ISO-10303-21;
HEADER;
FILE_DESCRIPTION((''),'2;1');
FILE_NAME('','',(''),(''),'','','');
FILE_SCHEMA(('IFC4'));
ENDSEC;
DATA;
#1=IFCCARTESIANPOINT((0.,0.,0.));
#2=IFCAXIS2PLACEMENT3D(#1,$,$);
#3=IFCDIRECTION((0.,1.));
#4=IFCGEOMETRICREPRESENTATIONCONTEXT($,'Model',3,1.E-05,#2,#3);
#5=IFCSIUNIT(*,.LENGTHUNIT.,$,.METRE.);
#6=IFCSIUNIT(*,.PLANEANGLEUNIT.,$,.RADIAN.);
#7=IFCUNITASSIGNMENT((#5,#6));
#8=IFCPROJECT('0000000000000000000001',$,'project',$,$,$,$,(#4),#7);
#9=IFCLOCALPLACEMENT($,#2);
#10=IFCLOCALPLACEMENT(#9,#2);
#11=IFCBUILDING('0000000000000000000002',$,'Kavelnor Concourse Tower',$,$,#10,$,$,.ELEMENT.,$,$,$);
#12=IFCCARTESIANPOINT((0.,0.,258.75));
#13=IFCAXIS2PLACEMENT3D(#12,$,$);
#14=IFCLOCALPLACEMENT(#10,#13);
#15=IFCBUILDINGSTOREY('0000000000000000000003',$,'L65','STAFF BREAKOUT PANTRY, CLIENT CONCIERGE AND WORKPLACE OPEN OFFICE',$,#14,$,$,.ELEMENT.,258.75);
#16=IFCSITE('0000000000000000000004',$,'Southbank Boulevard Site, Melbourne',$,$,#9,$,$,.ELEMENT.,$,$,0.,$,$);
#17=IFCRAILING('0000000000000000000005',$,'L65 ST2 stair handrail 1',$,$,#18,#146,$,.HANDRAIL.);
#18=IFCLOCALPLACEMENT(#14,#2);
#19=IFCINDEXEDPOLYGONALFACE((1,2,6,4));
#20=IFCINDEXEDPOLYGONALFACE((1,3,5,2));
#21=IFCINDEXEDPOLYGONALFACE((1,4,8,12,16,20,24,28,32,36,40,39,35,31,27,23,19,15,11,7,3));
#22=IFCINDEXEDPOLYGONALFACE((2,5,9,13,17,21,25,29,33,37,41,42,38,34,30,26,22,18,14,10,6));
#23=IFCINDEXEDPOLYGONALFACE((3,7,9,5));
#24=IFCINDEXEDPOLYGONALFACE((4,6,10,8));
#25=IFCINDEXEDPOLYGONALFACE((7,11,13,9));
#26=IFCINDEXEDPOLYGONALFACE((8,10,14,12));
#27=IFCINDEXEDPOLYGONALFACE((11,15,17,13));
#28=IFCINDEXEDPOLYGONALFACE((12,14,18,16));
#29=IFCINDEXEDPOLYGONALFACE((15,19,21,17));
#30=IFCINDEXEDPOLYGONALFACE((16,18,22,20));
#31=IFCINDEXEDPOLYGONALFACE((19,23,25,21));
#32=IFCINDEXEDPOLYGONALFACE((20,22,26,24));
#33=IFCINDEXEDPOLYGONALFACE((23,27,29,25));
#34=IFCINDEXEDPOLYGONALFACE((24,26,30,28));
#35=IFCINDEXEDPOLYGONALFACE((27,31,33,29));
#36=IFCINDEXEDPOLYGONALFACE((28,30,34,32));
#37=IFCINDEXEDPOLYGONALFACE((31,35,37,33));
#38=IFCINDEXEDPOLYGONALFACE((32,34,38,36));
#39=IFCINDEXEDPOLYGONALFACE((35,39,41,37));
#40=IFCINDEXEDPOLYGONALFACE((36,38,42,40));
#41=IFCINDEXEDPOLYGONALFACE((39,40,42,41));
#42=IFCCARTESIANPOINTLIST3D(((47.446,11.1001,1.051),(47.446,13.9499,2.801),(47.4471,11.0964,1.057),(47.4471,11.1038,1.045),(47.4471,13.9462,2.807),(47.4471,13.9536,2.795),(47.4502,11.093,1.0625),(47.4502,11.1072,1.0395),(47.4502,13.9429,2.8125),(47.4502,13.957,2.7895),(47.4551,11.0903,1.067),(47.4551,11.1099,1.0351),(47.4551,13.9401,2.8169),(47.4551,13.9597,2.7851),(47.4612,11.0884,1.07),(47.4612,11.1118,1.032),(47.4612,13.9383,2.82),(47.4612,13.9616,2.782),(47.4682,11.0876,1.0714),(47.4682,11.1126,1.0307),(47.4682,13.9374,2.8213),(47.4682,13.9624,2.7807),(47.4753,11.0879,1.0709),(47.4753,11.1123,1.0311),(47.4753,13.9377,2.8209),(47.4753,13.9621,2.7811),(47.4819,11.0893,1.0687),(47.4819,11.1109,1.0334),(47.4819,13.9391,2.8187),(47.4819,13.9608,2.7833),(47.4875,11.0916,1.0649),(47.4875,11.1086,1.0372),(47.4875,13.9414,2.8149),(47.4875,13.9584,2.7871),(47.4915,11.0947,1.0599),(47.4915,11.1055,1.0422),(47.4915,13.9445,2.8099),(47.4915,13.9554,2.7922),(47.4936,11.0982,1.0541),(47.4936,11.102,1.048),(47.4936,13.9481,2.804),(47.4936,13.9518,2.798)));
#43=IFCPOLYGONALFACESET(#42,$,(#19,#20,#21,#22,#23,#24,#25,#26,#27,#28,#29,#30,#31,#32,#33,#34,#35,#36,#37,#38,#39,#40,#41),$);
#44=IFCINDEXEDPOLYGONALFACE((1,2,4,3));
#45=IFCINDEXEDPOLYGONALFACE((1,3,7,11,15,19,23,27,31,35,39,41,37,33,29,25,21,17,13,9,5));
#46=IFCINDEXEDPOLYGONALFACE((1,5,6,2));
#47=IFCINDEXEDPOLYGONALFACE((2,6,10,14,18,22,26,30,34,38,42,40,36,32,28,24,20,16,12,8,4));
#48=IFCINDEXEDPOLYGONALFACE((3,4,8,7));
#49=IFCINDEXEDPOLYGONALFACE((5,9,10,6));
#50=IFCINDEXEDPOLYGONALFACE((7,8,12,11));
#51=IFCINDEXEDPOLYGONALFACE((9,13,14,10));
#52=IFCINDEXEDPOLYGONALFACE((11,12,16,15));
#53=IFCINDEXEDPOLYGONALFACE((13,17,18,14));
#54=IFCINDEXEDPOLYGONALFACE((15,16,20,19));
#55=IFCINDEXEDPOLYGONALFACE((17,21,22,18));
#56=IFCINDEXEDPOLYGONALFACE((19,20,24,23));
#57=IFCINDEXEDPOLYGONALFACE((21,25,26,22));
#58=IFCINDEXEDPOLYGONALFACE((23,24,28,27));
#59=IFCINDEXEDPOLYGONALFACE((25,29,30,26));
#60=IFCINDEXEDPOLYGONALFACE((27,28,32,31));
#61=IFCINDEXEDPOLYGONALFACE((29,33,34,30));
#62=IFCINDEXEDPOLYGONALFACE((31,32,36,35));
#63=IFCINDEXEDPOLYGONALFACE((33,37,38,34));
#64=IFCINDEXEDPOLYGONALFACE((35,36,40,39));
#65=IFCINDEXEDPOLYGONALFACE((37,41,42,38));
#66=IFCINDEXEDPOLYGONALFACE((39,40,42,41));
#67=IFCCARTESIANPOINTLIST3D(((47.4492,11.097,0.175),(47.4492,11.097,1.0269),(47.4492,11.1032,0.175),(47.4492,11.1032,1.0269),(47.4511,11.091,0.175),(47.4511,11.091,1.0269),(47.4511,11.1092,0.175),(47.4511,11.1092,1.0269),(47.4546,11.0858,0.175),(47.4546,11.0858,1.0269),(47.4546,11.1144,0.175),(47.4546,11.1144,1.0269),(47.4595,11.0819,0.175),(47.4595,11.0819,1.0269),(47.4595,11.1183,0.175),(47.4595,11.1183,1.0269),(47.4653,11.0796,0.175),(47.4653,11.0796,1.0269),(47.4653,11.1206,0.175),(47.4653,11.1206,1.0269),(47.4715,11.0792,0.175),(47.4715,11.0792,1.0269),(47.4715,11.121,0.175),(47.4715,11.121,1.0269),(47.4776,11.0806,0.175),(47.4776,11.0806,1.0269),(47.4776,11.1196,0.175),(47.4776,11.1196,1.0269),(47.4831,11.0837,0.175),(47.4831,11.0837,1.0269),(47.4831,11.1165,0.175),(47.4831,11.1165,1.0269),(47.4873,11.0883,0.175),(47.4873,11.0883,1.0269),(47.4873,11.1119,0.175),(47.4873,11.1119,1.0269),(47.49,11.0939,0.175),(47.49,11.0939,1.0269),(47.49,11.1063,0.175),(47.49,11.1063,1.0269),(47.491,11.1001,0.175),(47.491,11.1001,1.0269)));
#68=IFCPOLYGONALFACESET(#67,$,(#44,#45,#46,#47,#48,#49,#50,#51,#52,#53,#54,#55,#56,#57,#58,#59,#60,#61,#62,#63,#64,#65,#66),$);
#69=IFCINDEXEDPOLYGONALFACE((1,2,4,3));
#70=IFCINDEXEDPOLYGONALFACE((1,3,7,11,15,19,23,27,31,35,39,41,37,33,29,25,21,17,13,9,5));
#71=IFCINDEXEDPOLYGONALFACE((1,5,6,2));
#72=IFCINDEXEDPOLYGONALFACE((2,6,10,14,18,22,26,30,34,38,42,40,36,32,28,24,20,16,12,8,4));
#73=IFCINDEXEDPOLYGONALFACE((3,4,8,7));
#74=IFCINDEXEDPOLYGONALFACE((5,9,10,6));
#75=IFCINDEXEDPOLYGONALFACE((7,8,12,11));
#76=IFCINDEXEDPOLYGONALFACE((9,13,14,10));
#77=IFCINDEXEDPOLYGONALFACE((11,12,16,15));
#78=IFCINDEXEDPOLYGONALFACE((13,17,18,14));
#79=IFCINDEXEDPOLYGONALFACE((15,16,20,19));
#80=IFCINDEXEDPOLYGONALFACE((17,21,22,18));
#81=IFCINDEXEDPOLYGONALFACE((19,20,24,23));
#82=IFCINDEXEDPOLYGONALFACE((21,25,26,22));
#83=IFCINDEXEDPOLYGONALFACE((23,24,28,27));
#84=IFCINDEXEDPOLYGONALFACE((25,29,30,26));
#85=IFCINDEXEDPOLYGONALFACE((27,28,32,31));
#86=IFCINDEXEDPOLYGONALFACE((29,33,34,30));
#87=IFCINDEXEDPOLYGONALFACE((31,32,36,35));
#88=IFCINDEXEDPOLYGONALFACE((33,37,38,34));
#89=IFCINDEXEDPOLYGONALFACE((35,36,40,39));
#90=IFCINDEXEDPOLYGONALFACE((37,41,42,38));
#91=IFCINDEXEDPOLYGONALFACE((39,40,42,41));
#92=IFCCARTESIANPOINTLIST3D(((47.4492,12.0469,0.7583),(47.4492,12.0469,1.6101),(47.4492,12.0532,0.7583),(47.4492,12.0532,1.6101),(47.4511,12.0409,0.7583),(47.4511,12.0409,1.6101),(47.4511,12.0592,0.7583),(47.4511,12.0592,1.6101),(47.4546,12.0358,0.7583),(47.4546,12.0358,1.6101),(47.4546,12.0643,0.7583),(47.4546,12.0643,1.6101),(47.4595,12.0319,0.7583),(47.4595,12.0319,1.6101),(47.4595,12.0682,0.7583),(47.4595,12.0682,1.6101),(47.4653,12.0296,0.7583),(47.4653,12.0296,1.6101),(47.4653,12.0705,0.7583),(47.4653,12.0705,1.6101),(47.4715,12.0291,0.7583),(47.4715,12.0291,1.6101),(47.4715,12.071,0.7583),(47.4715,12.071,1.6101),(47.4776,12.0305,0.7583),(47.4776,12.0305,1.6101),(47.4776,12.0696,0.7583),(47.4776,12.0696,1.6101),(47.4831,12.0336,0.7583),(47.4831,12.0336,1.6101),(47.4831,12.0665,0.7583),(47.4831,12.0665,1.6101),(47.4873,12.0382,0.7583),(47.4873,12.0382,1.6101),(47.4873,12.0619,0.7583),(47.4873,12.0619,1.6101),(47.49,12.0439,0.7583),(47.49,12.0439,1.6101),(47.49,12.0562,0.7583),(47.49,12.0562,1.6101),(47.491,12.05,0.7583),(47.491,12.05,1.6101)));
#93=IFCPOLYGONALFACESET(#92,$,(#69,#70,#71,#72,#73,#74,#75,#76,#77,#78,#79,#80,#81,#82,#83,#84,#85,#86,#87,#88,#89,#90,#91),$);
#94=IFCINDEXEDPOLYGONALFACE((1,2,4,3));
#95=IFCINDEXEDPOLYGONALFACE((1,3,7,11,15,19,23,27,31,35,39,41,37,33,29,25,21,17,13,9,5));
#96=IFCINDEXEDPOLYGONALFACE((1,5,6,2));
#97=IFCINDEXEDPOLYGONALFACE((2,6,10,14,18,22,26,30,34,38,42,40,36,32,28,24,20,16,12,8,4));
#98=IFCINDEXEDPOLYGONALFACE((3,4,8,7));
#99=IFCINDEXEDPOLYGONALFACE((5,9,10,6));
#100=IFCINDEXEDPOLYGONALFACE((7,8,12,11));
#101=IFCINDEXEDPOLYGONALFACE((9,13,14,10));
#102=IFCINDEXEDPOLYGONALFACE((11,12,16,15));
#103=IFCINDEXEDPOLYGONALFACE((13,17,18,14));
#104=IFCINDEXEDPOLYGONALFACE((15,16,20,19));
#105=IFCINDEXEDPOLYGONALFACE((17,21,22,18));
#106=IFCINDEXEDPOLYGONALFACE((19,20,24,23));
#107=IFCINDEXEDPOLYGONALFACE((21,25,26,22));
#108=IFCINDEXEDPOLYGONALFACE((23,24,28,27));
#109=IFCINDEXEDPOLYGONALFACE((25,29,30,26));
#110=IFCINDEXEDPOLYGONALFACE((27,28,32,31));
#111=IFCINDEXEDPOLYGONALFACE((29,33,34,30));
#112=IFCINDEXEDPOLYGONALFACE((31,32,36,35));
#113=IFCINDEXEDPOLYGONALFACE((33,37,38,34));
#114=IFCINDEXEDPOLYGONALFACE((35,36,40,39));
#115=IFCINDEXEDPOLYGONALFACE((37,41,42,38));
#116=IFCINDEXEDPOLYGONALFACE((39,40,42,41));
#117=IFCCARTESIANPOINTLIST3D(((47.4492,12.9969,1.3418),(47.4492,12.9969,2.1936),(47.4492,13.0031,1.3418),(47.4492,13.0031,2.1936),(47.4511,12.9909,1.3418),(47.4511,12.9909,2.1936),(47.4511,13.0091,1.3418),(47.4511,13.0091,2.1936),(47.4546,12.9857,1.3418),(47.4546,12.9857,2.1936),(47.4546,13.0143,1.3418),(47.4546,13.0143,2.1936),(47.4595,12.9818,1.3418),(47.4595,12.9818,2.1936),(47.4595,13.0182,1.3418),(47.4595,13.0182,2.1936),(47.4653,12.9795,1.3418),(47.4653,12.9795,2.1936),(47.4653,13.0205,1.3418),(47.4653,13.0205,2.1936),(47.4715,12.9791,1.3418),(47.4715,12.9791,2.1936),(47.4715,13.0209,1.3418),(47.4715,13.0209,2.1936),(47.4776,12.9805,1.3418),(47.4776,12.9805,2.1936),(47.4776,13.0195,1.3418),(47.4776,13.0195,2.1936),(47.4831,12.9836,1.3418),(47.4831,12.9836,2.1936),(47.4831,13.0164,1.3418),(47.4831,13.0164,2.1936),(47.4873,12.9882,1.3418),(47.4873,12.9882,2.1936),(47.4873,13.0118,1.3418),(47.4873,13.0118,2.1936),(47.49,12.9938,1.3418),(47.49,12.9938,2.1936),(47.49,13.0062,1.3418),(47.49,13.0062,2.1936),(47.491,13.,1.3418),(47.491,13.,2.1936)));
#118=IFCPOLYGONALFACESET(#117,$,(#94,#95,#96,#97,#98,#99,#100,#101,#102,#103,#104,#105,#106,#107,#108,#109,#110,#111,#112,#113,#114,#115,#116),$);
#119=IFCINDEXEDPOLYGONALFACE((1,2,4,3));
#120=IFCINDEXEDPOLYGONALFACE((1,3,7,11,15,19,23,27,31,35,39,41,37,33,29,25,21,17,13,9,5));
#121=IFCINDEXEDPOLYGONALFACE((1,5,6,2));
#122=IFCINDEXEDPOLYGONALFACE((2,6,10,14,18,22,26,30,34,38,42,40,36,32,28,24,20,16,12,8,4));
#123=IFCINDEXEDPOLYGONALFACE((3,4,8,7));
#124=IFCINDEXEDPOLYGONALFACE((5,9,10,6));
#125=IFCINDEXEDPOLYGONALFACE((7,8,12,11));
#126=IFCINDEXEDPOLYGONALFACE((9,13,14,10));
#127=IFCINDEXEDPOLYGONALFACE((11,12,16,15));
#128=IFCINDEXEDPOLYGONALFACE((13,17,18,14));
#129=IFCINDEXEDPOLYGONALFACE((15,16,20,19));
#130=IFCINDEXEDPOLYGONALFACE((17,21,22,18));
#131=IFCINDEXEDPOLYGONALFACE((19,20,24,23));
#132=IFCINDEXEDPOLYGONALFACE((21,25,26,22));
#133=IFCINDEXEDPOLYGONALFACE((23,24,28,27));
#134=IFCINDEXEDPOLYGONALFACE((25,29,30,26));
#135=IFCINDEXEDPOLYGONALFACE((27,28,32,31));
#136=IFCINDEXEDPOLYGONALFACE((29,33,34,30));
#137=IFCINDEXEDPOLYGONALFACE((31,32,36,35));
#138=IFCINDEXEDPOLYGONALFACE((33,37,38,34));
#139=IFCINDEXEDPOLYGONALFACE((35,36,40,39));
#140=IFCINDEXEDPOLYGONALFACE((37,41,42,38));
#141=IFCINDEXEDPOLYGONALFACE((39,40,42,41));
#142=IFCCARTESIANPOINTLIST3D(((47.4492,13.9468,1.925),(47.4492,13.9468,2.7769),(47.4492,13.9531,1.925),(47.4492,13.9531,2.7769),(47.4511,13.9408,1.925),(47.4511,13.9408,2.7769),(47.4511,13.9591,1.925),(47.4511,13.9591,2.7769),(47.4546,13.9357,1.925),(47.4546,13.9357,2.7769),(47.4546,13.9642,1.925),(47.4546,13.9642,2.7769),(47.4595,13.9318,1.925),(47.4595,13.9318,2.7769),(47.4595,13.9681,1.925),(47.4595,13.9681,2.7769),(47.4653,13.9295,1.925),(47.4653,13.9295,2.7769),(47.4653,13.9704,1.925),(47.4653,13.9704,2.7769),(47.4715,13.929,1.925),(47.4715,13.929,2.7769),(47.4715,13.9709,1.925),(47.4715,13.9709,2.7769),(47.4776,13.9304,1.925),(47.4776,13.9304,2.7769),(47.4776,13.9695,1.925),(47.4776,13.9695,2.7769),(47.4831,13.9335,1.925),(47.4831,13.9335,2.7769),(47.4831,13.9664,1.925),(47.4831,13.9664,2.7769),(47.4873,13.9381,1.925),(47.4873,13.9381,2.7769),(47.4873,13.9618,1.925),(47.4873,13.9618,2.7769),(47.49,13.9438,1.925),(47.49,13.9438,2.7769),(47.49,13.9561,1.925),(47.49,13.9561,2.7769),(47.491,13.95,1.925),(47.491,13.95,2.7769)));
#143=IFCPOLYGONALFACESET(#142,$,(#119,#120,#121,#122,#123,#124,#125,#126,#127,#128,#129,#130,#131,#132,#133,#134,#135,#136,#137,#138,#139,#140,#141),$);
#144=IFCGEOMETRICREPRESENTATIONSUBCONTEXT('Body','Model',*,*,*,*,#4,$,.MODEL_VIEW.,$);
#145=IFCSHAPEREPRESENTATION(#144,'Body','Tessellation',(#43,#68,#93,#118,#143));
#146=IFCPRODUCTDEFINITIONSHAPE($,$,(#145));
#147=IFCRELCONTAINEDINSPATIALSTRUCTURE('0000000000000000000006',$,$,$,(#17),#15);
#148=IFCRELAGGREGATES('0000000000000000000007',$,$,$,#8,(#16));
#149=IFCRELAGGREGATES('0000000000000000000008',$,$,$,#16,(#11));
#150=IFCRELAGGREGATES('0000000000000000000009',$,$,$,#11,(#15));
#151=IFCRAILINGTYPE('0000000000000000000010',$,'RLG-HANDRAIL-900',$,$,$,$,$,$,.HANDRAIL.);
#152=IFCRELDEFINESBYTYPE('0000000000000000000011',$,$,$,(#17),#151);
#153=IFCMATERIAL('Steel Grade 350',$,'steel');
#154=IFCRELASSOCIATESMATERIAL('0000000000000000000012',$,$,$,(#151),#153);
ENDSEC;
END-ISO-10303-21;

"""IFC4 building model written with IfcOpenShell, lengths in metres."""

from ifc_helpers import new_model, si_unit, direction, frame, origin, origin_2d, place, context, subcontext, project, spatial, circle, extrude, material, type_object, element, save


model = new_model("IFC4")

# Units and contexts
model_context = context("Model", 3, precision=1e-05, world=origin(), true_north=direction((0.0, 1.0)))
body_context = subcontext(model_context, "Body", "Model", "MODEL_VIEW")
ifc_project = project(units=[si_unit("LENGTHUNIT", "METRE"), si_unit("PLANEANGLEUNIT", "RADIAN")], contexts=[model_context])

# Site, building, storey
site_placement = place(None, origin())
site = spatial("IfcSite", under=ifc_project, at=site_placement, Name="Southbank Boulevard Site, Melbourne", CompositionType="ELEMENT", RefElevation=0.0)
building_placement = place(site_placement, origin())
building = spatial("IfcBuilding", under=site, at=building_placement, Name="Kavelnor Concourse Tower", CompositionType="ELEMENT")
storey_placement = place(building_placement, frame((0.0, 0.0, 258.75)))
storey = spatial("IfcBuildingStorey", under=building, at=storey_placement, Name="L65", Description="STAFF BREAKOUT PANTRY, CLIENT CONCIERGE AND WORKPLACE OPEN OFFICE", CompositionType="ELEMENT", Elevation=258.75)

# Shared definitions
ifc_material_1 = material(Name="Steel Grade 350", Category="steel")

# Railing
railing_type = type_object("IfcRailingType", Name="RLG-HANDRAIL-900", PredefinedType="HANDRAIL", material=ifc_material_1)
railing_placement = place(storey_placement, frame((47.47, 11.1001, 0.175)))
element("IfcRailing", 1, at=railing_placement, inside=storey, type_object=railing_type, Name="L65 ST2 stair handrail 1", PredefinedType="HANDRAIL", context=body_context, shape_type="SweptSolid", body=[
    extrude(circle(Radius=0.0239, at=origin_2d()), frame((0.0, 0.0, 0.876), z_axis=(0.0, 0.852159, 0.523283), x_axis=(-1.0, 0.0, 0.0)), (0.0, 0.0, 1.0), 3.3442),
    extrude(circle(Radius=0.021, at=origin_2d()), origin(), (0.0, 0.0, 1.0), 0.8518),
    extrude(circle(Radius=0.021, at=origin_2d()), frame((0.0, 0.95, 0.5833)), (0.0, 0.0, 1.0), 0.8518),
    extrude(circle(Radius=0.021, at=origin_2d()), frame((0.0, 1.8999, 1.1667)), (0.0, 0.0, 1.0), 0.8518),
    extrude(circle(Radius=0.021, at=origin_2d()), frame((0.0, 2.8499, 1.75)), (0.0, 0.0, 1.0), 0.8518),
])

save(model, "model.ifc")
